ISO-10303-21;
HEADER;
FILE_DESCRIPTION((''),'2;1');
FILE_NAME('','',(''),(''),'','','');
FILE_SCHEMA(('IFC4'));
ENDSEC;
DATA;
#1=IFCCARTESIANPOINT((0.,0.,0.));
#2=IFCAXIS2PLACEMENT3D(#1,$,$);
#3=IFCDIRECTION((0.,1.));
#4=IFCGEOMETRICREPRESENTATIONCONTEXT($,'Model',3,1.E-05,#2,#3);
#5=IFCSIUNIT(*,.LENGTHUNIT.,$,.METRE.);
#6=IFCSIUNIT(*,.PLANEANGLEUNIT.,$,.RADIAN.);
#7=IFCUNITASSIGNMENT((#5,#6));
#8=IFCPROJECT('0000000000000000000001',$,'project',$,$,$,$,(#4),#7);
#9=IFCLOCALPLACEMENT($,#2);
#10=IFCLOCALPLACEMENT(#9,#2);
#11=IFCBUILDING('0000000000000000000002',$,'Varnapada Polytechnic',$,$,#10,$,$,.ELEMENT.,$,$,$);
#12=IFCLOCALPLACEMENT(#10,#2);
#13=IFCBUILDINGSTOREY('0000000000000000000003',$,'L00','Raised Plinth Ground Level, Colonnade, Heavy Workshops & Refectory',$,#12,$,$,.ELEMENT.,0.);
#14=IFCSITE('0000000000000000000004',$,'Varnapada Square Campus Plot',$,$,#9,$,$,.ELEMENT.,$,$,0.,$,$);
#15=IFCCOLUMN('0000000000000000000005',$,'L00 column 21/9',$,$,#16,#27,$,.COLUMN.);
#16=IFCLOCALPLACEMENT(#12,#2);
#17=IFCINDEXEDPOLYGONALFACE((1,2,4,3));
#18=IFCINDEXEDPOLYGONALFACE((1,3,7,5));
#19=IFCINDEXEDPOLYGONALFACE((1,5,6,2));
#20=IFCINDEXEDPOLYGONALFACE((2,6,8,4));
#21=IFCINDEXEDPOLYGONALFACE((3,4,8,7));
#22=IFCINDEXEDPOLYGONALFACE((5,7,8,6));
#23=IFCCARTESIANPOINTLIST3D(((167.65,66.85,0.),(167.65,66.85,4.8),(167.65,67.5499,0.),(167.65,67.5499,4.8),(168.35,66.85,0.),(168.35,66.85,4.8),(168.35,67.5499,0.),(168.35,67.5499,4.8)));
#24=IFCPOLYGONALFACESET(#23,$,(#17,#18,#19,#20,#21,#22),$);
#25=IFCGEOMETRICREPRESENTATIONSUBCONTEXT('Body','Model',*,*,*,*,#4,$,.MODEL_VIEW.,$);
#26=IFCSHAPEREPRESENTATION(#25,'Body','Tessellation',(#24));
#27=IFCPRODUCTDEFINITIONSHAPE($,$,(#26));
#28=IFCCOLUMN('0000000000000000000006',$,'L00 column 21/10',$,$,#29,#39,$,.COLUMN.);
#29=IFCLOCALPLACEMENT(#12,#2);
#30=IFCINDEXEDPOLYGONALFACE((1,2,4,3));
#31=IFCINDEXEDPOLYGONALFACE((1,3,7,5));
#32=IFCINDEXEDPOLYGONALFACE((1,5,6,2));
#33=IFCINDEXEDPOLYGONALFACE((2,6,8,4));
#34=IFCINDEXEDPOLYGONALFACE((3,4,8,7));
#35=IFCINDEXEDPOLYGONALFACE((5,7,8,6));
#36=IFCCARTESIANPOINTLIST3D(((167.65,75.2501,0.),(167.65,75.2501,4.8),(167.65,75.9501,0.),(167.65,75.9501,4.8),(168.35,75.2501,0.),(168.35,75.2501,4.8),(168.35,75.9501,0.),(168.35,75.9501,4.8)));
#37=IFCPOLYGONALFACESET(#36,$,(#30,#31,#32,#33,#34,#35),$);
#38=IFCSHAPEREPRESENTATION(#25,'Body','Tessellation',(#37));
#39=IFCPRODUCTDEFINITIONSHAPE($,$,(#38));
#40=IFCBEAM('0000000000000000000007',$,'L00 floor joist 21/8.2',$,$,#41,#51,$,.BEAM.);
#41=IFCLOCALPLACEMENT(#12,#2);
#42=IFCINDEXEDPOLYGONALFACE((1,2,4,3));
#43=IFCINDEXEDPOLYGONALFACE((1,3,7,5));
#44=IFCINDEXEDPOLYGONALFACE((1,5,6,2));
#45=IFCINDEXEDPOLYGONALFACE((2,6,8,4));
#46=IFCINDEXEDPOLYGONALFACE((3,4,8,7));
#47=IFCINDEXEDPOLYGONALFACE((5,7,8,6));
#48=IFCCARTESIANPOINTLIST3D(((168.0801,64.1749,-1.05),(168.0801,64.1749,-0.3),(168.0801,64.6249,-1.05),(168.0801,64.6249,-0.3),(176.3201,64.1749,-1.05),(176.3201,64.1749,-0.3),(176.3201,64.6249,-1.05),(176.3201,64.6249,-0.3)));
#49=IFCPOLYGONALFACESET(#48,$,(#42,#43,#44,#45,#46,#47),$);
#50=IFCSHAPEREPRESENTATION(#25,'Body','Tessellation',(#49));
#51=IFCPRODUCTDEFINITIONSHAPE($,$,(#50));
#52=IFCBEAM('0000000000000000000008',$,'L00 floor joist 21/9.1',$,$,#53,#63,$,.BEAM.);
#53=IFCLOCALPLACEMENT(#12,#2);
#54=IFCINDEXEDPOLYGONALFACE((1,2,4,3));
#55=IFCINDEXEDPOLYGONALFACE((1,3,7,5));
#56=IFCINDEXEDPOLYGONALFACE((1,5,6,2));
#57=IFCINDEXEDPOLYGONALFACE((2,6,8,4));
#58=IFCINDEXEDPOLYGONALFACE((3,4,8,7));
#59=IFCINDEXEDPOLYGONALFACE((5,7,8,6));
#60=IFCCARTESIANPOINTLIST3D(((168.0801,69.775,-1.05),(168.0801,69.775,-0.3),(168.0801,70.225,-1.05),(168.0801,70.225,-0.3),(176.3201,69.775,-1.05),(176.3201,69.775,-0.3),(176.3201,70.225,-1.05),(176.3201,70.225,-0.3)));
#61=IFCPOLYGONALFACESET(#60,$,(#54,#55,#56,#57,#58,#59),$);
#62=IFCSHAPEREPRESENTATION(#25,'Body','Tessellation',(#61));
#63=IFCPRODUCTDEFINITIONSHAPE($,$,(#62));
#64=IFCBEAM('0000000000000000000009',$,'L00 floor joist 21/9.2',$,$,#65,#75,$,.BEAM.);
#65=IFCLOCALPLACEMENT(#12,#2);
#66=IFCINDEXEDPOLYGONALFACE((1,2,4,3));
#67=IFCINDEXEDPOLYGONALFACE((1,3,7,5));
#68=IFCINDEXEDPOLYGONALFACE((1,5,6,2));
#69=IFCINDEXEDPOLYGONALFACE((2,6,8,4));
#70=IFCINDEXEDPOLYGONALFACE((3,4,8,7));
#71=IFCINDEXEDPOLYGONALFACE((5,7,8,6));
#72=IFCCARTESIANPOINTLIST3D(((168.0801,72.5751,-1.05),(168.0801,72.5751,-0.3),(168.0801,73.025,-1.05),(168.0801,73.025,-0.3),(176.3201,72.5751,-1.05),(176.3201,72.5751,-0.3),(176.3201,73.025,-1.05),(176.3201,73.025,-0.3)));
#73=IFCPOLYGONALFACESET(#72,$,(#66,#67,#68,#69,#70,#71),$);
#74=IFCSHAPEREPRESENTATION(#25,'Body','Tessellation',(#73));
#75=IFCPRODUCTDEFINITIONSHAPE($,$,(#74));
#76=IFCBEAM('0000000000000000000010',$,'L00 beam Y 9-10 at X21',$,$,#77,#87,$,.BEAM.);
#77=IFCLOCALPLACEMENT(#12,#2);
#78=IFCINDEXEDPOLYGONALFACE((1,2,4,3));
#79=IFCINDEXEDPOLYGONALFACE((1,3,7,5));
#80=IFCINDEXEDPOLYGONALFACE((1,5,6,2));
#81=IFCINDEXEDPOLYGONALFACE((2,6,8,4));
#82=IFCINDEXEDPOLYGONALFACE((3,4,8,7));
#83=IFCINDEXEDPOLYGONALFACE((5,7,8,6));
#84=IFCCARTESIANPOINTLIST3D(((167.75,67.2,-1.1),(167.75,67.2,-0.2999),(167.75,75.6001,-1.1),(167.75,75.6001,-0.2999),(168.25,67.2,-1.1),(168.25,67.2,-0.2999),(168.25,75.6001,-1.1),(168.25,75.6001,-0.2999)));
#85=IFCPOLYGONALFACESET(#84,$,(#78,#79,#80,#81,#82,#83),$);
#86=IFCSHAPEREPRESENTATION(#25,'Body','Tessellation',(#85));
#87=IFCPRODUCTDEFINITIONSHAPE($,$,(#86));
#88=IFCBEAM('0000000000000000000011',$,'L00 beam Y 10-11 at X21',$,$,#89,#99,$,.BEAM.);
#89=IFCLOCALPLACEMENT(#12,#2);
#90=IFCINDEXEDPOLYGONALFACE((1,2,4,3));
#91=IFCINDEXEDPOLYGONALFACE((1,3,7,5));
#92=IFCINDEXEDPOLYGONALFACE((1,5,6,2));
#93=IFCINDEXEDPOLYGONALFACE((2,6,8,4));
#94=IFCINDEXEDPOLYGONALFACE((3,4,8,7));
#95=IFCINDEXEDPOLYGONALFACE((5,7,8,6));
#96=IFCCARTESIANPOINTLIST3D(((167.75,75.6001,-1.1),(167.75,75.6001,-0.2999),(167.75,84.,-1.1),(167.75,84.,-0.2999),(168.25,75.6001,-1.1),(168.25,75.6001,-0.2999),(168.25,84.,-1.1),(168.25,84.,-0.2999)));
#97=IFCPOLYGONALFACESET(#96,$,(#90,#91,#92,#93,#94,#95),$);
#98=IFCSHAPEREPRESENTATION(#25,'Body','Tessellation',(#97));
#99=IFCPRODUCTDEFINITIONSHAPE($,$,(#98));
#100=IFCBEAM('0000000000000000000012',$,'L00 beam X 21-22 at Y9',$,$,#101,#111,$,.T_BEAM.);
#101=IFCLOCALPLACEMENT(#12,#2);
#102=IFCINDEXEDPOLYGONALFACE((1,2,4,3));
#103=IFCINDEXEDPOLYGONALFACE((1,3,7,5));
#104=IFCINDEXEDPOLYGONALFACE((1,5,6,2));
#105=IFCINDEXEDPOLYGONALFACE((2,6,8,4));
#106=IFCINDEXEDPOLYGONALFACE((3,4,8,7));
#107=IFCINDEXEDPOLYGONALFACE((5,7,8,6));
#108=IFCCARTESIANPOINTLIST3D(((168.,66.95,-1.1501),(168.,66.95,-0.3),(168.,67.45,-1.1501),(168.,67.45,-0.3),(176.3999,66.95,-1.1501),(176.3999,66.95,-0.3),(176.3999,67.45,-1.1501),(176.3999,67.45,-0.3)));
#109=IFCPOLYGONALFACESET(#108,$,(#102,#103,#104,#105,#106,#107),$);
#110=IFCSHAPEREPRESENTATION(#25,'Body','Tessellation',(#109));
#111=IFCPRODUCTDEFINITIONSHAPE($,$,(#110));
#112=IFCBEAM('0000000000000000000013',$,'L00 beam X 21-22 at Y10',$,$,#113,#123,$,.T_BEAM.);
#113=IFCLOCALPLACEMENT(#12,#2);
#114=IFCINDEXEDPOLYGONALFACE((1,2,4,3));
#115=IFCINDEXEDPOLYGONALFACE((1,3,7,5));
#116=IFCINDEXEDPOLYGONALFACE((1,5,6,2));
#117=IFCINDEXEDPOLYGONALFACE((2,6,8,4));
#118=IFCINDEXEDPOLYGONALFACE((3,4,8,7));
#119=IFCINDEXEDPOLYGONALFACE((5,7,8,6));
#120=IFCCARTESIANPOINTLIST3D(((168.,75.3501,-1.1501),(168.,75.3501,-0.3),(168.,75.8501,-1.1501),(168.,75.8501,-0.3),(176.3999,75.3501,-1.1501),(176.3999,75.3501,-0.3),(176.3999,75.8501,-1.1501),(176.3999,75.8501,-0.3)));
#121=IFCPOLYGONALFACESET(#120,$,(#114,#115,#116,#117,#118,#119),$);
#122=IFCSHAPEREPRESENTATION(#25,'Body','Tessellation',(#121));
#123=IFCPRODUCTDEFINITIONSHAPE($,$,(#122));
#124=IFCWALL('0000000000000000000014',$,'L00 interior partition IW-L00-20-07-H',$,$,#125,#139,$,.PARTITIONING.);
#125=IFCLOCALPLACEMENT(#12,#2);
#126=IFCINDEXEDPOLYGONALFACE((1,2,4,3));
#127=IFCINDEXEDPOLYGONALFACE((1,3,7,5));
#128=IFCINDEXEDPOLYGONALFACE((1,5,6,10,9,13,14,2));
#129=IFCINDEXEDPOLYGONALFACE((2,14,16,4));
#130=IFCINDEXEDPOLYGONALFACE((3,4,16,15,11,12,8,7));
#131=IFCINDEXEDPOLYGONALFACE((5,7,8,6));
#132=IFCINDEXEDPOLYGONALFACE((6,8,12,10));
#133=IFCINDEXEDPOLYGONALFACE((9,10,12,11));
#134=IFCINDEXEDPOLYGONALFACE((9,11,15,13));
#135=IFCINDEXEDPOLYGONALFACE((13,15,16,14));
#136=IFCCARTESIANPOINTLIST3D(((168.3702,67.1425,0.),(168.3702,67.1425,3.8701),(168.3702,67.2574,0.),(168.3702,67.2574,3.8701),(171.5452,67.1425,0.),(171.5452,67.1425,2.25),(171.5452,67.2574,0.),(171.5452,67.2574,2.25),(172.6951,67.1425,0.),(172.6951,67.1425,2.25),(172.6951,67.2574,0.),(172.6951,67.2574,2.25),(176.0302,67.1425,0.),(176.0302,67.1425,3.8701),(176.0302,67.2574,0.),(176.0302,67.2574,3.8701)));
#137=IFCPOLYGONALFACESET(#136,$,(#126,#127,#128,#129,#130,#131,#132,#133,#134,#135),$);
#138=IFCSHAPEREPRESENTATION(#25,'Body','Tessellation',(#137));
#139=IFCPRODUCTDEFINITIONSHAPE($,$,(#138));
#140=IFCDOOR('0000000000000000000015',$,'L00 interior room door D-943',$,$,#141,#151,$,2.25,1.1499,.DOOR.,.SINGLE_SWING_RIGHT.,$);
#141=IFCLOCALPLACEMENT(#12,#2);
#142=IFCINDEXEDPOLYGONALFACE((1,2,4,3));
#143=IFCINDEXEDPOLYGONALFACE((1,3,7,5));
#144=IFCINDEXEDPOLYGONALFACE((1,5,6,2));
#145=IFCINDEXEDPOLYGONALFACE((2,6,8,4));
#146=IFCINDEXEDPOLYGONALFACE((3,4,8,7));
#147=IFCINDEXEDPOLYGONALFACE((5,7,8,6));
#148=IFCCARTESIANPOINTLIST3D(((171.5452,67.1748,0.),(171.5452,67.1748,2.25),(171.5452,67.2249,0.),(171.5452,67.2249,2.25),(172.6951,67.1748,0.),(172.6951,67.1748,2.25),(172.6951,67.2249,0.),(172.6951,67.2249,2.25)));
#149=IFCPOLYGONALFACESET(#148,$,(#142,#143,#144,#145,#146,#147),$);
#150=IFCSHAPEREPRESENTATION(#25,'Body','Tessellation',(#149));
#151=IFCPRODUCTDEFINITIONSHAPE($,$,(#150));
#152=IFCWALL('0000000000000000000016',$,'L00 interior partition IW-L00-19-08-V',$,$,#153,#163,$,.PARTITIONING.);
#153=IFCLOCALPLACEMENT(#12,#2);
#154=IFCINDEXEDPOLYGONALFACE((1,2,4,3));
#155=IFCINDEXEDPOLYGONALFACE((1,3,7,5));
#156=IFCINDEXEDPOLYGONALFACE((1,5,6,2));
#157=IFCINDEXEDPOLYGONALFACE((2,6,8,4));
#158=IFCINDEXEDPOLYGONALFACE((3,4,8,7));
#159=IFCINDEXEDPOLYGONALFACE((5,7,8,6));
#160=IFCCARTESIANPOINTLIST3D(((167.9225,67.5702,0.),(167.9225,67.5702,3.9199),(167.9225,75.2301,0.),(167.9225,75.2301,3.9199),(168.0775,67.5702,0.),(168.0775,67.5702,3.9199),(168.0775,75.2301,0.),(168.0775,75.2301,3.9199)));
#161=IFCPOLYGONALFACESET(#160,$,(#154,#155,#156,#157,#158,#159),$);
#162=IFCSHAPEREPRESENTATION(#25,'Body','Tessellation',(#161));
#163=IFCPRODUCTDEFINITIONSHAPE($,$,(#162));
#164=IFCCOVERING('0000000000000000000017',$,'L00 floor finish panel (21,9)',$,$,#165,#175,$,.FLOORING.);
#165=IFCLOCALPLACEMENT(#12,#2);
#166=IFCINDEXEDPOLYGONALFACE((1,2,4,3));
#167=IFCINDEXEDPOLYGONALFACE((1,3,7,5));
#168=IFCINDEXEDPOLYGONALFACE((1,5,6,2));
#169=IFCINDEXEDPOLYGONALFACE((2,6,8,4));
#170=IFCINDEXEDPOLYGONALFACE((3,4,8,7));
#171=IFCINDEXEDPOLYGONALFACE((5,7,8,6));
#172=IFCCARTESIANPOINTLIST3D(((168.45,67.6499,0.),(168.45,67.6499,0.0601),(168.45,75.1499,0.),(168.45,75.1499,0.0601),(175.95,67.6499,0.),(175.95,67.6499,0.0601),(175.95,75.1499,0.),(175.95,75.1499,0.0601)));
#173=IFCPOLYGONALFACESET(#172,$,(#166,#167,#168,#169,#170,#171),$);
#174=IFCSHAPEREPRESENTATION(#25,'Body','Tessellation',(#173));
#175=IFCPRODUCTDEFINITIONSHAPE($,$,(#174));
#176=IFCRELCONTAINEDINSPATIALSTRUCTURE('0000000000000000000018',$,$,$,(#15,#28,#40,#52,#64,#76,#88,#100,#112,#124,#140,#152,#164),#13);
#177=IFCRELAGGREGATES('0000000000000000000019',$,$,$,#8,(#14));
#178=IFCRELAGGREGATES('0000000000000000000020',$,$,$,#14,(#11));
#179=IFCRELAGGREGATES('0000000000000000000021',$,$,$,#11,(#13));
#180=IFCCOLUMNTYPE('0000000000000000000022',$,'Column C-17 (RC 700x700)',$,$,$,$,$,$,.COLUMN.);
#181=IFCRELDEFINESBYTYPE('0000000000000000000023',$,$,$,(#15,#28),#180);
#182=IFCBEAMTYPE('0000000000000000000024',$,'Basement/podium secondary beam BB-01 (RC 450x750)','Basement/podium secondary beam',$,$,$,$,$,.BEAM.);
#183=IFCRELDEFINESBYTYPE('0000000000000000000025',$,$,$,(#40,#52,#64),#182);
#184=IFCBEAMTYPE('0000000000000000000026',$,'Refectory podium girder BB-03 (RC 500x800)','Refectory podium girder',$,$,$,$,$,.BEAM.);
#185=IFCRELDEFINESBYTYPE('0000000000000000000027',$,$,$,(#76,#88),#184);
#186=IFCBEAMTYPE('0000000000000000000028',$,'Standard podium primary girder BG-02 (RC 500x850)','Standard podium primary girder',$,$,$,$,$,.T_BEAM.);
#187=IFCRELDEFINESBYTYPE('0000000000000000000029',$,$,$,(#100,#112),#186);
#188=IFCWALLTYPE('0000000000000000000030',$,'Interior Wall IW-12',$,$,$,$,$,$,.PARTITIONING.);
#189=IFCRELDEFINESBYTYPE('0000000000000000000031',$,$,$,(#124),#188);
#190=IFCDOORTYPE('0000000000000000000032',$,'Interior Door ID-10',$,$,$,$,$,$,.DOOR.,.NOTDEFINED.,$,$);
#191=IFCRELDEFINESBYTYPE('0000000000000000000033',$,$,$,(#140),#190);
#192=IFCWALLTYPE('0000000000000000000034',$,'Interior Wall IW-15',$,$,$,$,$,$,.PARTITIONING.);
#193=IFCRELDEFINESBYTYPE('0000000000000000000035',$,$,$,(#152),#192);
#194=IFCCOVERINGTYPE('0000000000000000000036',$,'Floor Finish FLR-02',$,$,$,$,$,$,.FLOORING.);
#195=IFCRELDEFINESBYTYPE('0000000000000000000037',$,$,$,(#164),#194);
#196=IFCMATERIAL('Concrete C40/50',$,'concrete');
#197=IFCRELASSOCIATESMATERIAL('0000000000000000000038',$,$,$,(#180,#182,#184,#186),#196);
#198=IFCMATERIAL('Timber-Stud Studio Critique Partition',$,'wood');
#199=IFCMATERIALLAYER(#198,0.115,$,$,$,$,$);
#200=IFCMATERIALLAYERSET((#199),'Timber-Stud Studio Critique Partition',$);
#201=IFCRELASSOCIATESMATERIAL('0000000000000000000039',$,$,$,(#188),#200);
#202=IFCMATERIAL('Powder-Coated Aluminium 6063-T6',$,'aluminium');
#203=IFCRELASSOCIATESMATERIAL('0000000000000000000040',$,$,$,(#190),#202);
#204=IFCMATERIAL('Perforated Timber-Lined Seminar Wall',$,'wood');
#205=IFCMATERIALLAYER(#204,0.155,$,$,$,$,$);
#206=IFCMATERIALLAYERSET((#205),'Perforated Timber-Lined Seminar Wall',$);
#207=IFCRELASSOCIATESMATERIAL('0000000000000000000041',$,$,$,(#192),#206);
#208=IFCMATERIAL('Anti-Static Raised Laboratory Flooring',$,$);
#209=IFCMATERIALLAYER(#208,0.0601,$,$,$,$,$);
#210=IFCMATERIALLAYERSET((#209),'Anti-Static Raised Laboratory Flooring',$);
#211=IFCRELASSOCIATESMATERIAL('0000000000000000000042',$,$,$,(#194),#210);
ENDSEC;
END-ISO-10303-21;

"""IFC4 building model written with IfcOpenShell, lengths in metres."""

from ifc_helpers import new_model, si_unit, direction, frame, frame_2d, origin, origin_2d, place, context, subcontext, project, spatial, rectangle, extrude, material, layer, layer_set, material_profile, profile_set, type_object, element, fill, save


model = new_model("IFC4")

# Units and contexts
model_context = context("Model", 3, precision=1e-05, world=origin(), true_north=direction((0.0, 1.0)))
body_context = subcontext(model_context, "Body", "Model", "MODEL_VIEW")
ifc_project = project(units=[si_unit("LENGTHUNIT", "METRE"), si_unit("PLANEANGLEUNIT", "RADIAN")], contexts=[model_context])

# Site, building, storey
site_placement = place(None, origin())
site = spatial("IfcSite", under=ifc_project, at=site_placement, Name="Varnapada Square Campus Plot", CompositionType="ELEMENT", RefElevation=0.0)
building_placement = place(site_placement, origin())
building = spatial("IfcBuilding", under=site, at=building_placement, Name="Varnapada Polytechnic", CompositionType="ELEMENT")
storey_placement = place(building_placement, origin())
storey = spatial("IfcBuildingStorey", under=building, at=storey_placement, Name="L00", Description="Raised Plinth Ground Level, Colonnade, Heavy Workshops & Refectory", CompositionType="ELEMENT", Elevation=0.0)

# Columns
ifc_material_1 = material(Name="Concrete C40/50", Category="concrete")
ifc_material_profile_1 = material_profile(ifc_material_1, rectangle(XDim=0.7, YDim=0.7, at=origin_2d()), Name="RC 700x700")
ifc_profile_set_1 = profile_set([ifc_material_profile_1], Name="Concrete C40/50")
column_type = type_object("IfcColumnType", Name="Column C-17 (RC 700x700)", PredefinedType="COLUMN", material=ifc_profile_set_1)
for number, where, z_axis, x_axis, name in (
    (1, (168.0, 67.2, 0.0), (0.0, 0.0, 1.0), (1.0, 0.0, 0.0), "L00 column 21/9"),
    (2, (168.0, 75.6001, 0.0), (0.0, 0.0, 1.0), (1.0, 0.0, 0.0), "L00 column 21/10"),
):
    element("IfcColumn", number, at=place(storey_placement, frame(where, z_axis=z_axis, x_axis=x_axis)), inside=storey, type_object=column_type, Name=name, PredefinedType="COLUMN", context=body_context, shape_type="SweptSolid", body=[
        extrude(rectangle(XDim=0.7, YDim=0.7, at=origin_2d()), origin(), (0.0, 0.0, 1.0), 4.8),
    ])

# Beams
ifc_material_profile_2 = material_profile(ifc_material_1, rectangle(XDim=0.45, YDim=0.75, at=origin_2d()), Name="RC 450x750")
ifc_profile_set_2 = profile_set([ifc_material_profile_2], Name="Concrete C40/50")
beam_type_1 = type_object("IfcBeamType", Name="Basement/podium secondary beam BB-01 (RC 450x750)", Description="Basement/podium secondary beam", PredefinedType="BEAM", material=ifc_profile_set_2)
for number, where, z_axis, x_axis, name in (
    (3, (168.0801, 64.3999, -0.675), (1.0, 0.0, 0.0), (0.0, 1.0, 0.0), "L00 floor joist 21/8.2"),
    (4, (168.0801, 70.0, -0.675), (1.0, 0.0, 0.0), (0.0, 1.0, 0.0), "L00 floor joist 21/9.1"),
    (5, (168.0801, 72.8, -0.675), (1.0, 0.0, 0.0), (0.0, 1.0, 0.0), "L00 floor joist 21/9.2"),
):
    element("IfcBeam", number, at=place(storey_placement, frame(where, z_axis=z_axis, x_axis=x_axis)), inside=storey, type_object=beam_type_1, Name=name, PredefinedType="BEAM", context=body_context, shape_type="SweptSolid", body=[
        extrude(rectangle(XDim=0.45, YDim=0.75, at=origin_2d()), origin(), (0.0, 0.0, 1.0), 8.24),
    ])
ifc_material_profile_3 = material_profile(ifc_material_1, rectangle(XDim=0.5, YDim=0.8, at=origin_2d()), Name="RC 500x800")
ifc_profile_set_3 = profile_set([ifc_material_profile_3], Name="Concrete C40/50")
beam_type_2 = type_object("IfcBeamType", Name="Refectory podium girder BB-03 (RC 500x800)", Description="Refectory podium girder", PredefinedType="BEAM", material=ifc_profile_set_3)
beam_1_placement = place(storey_placement, frame((168.0, 67.2, -0.7), z_axis=(0.0, 1.0, 0.0), x_axis=(-1.0, 0.0, 0.0)))
element("IfcBeam", 6, at=beam_1_placement, inside=storey, type_object=beam_type_2, Name="L00 beam Y 9-10 at X21", PredefinedType="BEAM", context=body_context, shape_type="SweptSolid", body=[
    extrude(rectangle(XDim=0.5, YDim=0.8, at=origin_2d()), origin(), (0.0, 0.0, 1.0), 8.4001),
])
beam_2_placement = place(storey_placement, frame((168.0, 75.6001, -0.7), z_axis=(0.0, 1.0, 0.0), x_axis=(-1.0, 0.0, 0.0)))
element("IfcBeam", 7, at=beam_2_placement, inside=storey, type_object=beam_type_2, Name="L00 beam Y 10-11 at X21", PredefinedType="BEAM", context=body_context, shape_type="SweptSolid", body=[
    extrude(rectangle(XDim=0.5, YDim=0.8, at=origin_2d()), origin(), (0.0, 0.0, 1.0), 8.3999),
])
ifc_material_profile_4 = material_profile(ifc_material_1, rectangle(XDim=0.5, YDim=0.8501, at=origin_2d()), Name="RC 500x850")
ifc_profile_set_4 = profile_set([ifc_material_profile_4], Name="Concrete C40/50")
beam_type_3 = type_object("IfcBeamType", Name="Standard podium primary girder BG-02 (RC 500x850)", Description="Standard podium primary girder", PredefinedType="T_BEAM", material=ifc_profile_set_4)
for number, where, z_axis, x_axis, name in (
    (8, (168.0, 67.2, -0.7251), (1.0, 0.0, 0.0), (0.0, 1.0, 0.0), "L00 beam X 21-22 at Y9"),
    (9, (168.0, 75.6001, -0.7251), (1.0, 0.0, 0.0), (0.0, 1.0, 0.0), "L00 beam X 21-22 at Y10"),
):
    element("IfcBeam", number, at=place(storey_placement, frame(where, z_axis=z_axis, x_axis=x_axis)), inside=storey, type_object=beam_type_3, Name=name, PredefinedType="T_BEAM", context=body_context, shape_type="SweptSolid", body=[
        extrude(rectangle(XDim=0.5, YDim=0.8501, at=origin_2d()), origin(), (0.0, 0.0, 1.0), 8.3999),
    ])

# Wall, opening, door
ifc_material_2 = material(Name="Timber-Stud Studio Critique Partition", Category="wood")
ifc_layer_1 = layer(ifc_material_2, 0.115)
ifc_layer_set_1 = layer_set([ifc_layer_1], Name="Timber-Stud Studio Critique Partition")
wall_type_1 = type_object("IfcWallType", Name="Interior Wall IW-12", PredefinedType="PARTITIONING", material=ifc_layer_set_1)
wall_1_placement = place(storey_placement, frame((168.3701, 67.2, 0.0), z_axis=(0.0, 0.0, 1.0), x_axis=(1.0, 0.0, 0.0)))
wall_1 = element("IfcWall", 10, at=wall_1_placement, inside=storey, type_object=wall_type_1, Name="L00 interior partition IW-L00-20-07-H", PredefinedType="PARTITIONING", context=body_context, shape_type="SweptSolid", body=[
    extrude(rectangle(XDim=7.6599, YDim=0.115, at=frame_2d((3.8301, 0.0))), origin(), (0.0, 0.0, 1.0), 3.8701),
])
opening_placement = place(wall_1_placement, frame((3.175, 0.0, 0.0)))
opening = element("IfcOpeningElement", 11, at=opening_placement, cuts=wall_1, PredefinedType="OPENING", context=body_context, shape_type="SweptSolid", body=[
    extrude(rectangle(XDim=1.1499, YDim=2.25, at=frame_2d((0.575, 1.125))), frame((0.0, 0.0674, 0.0), z_axis=(0.0, -1.0, 0.0), x_axis=(1.0, 0.0, 0.0)), (0.0, 0.0, 1.0), 0.135),
])
ifc_material_3 = material(Name="Powder-Coated Aluminium 6063-T6", Category="aluminium")
door_type = type_object("IfcDoorType", Name="Interior Door ID-10", OperationType="NOTDEFINED", PredefinedType="DOOR", material=ifc_material_3)
door_placement = place(opening_placement, origin())
door = element("IfcDoor", 12, at=door_placement, inside=storey, type_object=door_type, Name="L00 interior room door D-943", OperationType="SINGLE_SWING_RIGHT", OverallHeight=2.25, OverallWidth=1.1499, PredefinedType="DOOR", context=body_context, shape_type="SweptSolid", body=[
    extrude(rectangle(XDim=1.1499, YDim=2.25, at=frame_2d((0.575, 1.125))), frame((0.0, 0.0249, 0.0), z_axis=(0.0, -1.0, 0.0), x_axis=(1.0, 0.0, 0.0)), (0.0, 0.0, 1.0), 0.05),
])
fill(opening, door)

# Wall
ifc_material_4 = material(Name="Perforated Timber-Lined Seminar Wall", Category="wood")
ifc_layer_2 = layer(ifc_material_4, 0.155)
ifc_layer_set_2 = layer_set([ifc_layer_2], Name="Perforated Timber-Lined Seminar Wall")
wall_type_2 = type_object("IfcWallType", Name="Interior Wall IW-15", PredefinedType="PARTITIONING", material=ifc_layer_set_2)
wall_2_placement = place(storey_placement, frame((168.0, 67.5701, 0.0), z_axis=(0.0, 0.0, 1.0), x_axis=(0.0, 1.0, 0.0)))
element("IfcWall", 13, at=wall_2_placement, inside=storey, type_object=wall_type_2, Name="L00 interior partition IW-L00-19-08-V", PredefinedType="PARTITIONING", context=body_context, shape_type="SweptSolid", body=[
    extrude(rectangle(XDim=7.6599, YDim=0.155, at=frame_2d((3.8301, 0.0))), origin(), (0.0, 0.0, 1.0), 3.9199),
])

# Covering
ifc_material_5 = material(Name="Anti-Static Raised Laboratory Flooring")
ifc_layer_3 = layer(ifc_material_5, 0.0601)
ifc_layer_set_3 = layer_set([ifc_layer_3], Name="Anti-Static Raised Laboratory Flooring")
covering_type = type_object("IfcCoveringType", Name="Floor Finish FLR-02", PredefinedType="FLOORING", material=ifc_layer_set_3)
covering_placement = place(storey_placement, frame((172.2, 71.3999, 0.0), z_axis=(0.0, 0.0, 1.0), x_axis=(1.0, 0.0, 0.0)))
element("IfcCovering", 14, at=covering_placement, inside=storey, type_object=covering_type, Name="L00 floor finish panel (21,9)", PredefinedType="FLOORING", context=body_context, shape_type="SweptSolid", body=[
    extrude(rectangle(XDim=7.5, YDim=7.5, at=origin_2d()), origin(), (0.0, 0.0, 1.0), 0.0601),
])

save(model, "model.ifc")
